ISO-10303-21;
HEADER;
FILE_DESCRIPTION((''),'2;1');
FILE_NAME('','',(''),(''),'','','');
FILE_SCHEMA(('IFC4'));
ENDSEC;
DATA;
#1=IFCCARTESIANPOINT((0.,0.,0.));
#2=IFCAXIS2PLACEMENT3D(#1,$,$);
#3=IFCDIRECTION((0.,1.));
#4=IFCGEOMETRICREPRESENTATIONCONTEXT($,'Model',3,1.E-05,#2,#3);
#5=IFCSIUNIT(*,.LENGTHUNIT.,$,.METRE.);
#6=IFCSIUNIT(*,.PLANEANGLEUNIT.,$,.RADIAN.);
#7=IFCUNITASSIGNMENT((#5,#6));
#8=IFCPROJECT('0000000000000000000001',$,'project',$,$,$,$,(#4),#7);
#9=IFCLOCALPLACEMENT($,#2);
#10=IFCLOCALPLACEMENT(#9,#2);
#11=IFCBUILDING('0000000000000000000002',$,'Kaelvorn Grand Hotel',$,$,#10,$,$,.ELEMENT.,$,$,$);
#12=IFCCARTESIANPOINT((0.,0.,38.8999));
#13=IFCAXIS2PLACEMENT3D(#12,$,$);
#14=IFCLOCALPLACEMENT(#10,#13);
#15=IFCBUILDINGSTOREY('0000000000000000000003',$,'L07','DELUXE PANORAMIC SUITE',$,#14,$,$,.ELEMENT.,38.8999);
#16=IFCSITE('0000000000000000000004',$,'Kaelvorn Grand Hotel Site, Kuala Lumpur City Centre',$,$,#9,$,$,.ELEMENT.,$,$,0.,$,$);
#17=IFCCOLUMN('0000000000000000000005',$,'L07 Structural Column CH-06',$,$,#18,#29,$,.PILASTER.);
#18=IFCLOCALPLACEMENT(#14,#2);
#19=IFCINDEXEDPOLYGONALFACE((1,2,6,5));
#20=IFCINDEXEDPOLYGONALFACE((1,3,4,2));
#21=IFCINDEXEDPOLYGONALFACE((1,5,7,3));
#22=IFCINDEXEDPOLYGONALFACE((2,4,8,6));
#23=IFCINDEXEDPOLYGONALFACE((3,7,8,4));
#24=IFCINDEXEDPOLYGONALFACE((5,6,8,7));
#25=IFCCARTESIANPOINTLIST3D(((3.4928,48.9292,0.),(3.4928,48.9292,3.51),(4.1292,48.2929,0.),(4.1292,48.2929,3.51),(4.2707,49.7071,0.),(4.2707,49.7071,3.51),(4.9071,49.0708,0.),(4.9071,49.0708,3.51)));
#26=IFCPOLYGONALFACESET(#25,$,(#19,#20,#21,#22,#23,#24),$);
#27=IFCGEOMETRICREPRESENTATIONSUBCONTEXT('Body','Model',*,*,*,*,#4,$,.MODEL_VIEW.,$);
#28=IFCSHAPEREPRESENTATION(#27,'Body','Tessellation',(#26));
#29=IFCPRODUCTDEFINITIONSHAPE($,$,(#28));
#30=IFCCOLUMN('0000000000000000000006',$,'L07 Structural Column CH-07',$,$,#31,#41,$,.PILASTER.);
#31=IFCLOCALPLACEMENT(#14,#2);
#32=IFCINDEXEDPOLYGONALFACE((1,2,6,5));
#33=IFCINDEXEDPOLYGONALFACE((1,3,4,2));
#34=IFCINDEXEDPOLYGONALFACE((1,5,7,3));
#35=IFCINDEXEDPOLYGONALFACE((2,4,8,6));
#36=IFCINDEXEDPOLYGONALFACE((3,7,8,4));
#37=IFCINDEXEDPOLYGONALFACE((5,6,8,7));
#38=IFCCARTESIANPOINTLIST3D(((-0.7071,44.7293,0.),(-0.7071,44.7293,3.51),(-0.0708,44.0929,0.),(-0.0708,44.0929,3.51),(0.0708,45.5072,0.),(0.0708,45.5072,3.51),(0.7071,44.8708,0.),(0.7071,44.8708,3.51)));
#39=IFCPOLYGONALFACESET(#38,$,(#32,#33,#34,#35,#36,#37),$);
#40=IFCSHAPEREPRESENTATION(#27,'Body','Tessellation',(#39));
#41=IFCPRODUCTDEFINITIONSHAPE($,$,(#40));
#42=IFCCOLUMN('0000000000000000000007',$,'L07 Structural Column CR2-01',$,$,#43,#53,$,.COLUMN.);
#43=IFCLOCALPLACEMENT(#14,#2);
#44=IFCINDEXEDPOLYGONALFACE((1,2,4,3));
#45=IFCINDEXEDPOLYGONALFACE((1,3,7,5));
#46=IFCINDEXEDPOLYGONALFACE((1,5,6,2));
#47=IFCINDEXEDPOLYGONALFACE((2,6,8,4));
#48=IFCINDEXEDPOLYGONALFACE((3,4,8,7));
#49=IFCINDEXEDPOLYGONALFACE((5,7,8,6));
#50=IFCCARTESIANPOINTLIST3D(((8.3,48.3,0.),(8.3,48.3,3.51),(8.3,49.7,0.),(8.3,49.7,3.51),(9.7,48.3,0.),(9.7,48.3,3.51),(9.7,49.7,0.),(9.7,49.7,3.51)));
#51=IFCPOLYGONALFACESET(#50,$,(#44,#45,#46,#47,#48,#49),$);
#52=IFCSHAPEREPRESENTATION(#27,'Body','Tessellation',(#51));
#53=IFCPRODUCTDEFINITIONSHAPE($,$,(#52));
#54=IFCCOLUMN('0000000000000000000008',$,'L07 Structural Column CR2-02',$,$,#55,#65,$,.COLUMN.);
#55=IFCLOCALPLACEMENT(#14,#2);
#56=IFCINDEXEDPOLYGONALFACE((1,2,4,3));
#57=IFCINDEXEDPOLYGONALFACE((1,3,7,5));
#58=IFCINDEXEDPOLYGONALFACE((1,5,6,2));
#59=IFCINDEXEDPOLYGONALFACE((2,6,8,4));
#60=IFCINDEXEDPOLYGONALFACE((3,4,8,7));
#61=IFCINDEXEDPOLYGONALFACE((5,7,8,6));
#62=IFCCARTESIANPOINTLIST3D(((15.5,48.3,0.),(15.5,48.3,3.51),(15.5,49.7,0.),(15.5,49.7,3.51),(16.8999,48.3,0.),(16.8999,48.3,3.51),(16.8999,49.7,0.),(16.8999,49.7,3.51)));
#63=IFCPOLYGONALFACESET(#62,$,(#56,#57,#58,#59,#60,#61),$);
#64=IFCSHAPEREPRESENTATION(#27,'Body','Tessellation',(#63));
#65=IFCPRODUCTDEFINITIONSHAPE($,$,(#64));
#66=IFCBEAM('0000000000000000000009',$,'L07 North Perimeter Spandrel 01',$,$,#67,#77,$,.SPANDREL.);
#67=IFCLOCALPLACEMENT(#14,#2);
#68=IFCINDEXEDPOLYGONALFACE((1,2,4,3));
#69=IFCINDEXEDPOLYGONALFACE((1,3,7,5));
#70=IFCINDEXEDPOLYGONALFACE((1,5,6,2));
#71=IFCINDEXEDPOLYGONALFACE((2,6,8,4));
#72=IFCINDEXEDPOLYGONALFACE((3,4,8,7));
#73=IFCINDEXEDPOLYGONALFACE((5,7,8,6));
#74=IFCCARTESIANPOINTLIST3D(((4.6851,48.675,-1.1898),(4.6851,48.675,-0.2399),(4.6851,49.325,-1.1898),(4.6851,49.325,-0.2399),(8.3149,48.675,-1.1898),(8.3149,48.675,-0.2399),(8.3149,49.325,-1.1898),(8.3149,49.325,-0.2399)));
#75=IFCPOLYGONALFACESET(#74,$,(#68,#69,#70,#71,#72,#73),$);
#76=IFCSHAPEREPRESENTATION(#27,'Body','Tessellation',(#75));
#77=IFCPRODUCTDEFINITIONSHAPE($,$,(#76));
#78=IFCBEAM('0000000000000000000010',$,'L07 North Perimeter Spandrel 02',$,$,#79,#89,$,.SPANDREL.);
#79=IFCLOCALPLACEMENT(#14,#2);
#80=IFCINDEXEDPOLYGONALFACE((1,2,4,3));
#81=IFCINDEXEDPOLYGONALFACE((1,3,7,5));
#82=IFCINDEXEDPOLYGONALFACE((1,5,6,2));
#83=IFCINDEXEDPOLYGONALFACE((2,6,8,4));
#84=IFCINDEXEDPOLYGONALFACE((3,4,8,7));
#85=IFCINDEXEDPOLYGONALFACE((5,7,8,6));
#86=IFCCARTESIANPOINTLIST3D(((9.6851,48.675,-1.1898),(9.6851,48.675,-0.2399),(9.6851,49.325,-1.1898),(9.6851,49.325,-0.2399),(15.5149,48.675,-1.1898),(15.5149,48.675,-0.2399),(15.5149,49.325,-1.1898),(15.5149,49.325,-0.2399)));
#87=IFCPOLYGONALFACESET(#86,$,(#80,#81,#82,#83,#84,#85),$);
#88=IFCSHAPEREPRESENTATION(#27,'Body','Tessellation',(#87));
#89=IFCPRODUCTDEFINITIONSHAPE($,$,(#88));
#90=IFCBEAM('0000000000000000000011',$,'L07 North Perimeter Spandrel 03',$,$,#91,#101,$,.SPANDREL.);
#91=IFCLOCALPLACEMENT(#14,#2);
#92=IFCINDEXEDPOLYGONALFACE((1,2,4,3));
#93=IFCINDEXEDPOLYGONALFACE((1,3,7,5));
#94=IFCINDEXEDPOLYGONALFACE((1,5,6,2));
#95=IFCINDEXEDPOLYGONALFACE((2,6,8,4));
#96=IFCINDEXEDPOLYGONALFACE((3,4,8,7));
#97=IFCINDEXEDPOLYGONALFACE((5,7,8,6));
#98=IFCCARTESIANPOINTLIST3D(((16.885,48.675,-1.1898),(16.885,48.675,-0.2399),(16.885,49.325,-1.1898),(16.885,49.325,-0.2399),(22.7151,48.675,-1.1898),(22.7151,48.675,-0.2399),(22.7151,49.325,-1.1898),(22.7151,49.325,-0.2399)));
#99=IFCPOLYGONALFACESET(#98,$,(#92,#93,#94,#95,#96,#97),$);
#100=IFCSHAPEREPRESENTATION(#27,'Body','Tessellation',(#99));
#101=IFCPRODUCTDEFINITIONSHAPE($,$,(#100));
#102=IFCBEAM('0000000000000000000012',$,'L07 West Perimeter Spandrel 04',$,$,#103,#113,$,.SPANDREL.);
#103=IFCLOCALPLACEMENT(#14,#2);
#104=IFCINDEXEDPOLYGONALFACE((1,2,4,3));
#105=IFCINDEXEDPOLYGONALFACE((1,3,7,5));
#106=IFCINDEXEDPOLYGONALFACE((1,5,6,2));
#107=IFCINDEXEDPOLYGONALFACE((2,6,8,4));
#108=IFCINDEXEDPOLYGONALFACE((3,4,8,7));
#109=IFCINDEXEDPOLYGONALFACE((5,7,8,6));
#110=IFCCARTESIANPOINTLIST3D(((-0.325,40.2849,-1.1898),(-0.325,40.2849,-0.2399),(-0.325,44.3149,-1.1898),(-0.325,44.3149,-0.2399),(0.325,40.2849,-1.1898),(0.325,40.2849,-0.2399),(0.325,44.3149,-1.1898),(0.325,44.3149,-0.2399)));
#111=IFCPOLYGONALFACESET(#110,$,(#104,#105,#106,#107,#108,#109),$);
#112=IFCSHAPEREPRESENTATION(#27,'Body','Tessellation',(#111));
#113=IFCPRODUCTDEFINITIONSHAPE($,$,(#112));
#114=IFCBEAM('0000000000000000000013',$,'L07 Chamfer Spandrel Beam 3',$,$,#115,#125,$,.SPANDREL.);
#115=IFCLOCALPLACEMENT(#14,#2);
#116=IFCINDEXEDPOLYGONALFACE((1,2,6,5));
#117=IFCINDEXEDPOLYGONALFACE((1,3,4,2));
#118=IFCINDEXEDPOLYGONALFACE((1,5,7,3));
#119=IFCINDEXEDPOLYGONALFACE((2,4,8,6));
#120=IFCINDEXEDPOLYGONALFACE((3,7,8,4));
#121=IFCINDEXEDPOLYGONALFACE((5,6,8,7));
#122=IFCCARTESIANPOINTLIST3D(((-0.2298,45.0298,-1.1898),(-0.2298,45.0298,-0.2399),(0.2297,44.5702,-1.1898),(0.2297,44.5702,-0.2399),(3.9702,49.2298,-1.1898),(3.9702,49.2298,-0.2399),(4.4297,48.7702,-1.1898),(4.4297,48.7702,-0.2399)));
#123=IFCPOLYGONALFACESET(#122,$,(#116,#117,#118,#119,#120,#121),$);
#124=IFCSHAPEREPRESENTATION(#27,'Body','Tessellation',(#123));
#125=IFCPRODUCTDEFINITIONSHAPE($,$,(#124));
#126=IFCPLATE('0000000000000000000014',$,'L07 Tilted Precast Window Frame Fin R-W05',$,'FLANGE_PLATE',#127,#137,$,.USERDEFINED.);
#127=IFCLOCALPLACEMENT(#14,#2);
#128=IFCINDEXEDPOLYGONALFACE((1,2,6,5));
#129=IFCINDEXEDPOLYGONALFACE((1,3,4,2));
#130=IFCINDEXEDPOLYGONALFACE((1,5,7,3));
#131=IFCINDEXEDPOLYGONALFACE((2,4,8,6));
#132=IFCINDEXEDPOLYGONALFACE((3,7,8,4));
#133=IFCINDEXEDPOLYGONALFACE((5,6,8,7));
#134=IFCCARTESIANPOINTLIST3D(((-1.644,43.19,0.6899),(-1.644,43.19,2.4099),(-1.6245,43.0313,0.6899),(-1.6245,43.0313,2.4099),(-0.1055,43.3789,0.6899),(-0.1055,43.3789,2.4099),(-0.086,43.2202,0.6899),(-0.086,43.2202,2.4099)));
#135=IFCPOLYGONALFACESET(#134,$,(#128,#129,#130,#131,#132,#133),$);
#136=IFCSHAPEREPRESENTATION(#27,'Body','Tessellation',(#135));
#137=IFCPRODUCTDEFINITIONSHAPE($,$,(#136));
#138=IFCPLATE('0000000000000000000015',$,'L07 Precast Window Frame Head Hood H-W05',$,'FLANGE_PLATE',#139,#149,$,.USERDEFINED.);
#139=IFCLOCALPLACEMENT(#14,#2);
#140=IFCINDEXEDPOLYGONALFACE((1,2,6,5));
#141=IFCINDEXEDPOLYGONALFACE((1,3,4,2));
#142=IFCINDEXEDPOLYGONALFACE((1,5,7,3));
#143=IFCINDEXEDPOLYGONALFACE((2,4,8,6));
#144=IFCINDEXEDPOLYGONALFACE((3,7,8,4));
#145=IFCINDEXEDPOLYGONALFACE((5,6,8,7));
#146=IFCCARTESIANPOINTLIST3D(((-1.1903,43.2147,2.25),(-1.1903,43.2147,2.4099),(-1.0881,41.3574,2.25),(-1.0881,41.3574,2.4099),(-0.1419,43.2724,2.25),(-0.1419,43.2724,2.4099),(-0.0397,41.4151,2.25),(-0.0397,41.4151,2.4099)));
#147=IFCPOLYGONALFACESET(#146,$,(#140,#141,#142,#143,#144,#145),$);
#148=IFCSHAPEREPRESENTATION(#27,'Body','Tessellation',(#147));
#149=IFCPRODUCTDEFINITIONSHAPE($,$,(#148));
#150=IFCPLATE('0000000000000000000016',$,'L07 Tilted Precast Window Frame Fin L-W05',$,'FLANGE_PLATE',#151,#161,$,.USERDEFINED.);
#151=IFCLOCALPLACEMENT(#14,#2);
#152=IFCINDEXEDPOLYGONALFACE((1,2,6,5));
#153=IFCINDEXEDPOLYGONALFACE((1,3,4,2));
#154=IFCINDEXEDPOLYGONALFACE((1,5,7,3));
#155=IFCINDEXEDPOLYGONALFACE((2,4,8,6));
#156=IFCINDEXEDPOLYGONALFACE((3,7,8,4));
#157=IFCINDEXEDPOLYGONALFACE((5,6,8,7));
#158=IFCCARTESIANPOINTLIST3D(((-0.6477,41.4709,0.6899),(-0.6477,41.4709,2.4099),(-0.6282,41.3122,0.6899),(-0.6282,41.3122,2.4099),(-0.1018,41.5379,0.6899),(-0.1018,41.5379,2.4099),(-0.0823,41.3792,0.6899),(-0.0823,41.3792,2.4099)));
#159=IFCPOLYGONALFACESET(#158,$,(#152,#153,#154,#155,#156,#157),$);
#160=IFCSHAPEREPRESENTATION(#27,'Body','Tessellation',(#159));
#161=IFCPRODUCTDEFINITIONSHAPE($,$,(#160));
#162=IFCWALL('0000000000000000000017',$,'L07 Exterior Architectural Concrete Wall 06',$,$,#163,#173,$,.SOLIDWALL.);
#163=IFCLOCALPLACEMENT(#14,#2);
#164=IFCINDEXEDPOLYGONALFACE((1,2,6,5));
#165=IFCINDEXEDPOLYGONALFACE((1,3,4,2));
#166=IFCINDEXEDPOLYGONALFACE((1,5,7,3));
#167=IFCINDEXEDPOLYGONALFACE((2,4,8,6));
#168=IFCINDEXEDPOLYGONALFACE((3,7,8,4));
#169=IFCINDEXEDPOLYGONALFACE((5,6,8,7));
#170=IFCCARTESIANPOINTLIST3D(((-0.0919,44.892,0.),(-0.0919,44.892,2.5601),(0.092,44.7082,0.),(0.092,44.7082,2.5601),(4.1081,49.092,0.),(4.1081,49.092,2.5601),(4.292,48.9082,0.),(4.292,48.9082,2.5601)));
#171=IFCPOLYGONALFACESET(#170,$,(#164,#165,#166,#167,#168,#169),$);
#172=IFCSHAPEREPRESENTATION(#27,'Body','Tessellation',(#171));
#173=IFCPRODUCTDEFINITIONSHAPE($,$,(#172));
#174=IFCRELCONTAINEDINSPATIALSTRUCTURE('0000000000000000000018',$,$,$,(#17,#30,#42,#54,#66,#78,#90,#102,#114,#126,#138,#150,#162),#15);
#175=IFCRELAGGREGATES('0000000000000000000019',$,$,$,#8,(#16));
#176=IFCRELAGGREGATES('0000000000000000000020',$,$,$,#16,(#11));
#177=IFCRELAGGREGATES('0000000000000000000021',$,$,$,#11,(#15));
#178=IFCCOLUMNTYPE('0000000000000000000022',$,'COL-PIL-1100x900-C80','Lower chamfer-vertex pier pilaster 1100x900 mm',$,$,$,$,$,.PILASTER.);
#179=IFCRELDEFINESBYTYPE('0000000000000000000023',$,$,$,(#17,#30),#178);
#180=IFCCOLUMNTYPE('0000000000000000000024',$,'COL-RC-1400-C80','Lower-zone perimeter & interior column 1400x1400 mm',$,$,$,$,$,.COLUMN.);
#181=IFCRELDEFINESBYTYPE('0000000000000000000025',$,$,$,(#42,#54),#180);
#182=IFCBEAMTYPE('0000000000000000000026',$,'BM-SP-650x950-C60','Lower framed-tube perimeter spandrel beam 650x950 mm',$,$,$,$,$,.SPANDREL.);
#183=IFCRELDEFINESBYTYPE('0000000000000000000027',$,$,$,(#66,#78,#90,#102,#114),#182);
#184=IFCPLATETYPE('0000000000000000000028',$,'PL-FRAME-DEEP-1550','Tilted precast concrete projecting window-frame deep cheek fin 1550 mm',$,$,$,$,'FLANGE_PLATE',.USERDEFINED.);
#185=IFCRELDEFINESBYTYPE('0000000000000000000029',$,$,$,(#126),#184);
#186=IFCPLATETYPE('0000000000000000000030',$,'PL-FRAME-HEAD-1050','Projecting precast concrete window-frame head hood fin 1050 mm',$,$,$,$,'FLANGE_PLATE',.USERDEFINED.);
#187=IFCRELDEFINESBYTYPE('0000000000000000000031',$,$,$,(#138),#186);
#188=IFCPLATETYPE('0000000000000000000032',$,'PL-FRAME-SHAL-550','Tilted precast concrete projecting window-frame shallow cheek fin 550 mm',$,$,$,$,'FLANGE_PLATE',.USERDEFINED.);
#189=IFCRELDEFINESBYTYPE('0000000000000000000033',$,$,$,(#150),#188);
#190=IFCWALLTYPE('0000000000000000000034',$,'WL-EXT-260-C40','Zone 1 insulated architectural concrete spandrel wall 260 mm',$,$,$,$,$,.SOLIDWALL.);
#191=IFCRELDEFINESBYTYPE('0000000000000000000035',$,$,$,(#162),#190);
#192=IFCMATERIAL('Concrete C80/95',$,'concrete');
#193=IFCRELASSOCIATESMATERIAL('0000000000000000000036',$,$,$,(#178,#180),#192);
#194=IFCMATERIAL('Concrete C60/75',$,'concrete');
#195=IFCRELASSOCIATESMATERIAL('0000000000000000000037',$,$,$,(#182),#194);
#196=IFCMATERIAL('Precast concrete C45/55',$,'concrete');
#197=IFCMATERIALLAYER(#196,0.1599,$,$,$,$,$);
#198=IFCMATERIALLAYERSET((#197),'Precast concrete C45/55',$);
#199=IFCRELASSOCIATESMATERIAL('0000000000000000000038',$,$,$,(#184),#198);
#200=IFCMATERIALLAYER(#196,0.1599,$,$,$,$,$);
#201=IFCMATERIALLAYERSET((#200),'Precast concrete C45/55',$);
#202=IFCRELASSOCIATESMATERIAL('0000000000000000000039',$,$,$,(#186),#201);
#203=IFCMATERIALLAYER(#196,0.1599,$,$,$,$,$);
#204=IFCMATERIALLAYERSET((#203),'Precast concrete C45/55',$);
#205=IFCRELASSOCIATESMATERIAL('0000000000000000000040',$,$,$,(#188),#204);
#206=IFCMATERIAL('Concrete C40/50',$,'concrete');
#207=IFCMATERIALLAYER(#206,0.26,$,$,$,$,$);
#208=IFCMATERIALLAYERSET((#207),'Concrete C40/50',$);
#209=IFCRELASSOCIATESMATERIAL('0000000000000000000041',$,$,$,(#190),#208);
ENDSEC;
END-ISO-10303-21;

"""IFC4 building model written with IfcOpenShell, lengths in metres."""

from ifc_helpers import new_model, si_unit, direction, frame, frame_2d, origin, origin_2d, place, context, subcontext, project, spatial, rectangle, extrude, material, layer, layer_set, material_profile, profile_set, type_object, element, save


model = new_model("IFC4")

# Units and contexts
model_context = context("Model", 3, precision=1e-05, world=origin(), true_north=direction((0.0, 1.0)))
body_context = subcontext(model_context, "Body", "Model", "MODEL_VIEW")
ifc_project = project(units=[si_unit("LENGTHUNIT", "METRE"), si_unit("PLANEANGLEUNIT", "RADIAN")], contexts=[model_context])

# Site, building, storey
site_placement = place(None, origin())
site = spatial("IfcSite", under=ifc_project, at=site_placement, Name="Kaelvorn Grand Hotel Site, Kuala Lumpur City Centre", CompositionType="ELEMENT", RefElevation=0.0)
building_placement = place(site_placement, origin())
building = spatial("IfcBuilding", under=site, at=building_placement, Name="Kaelvorn Grand Hotel", CompositionType="ELEMENT")
storey_placement = place(building_placement, frame((0.0, 0.0, 38.8999)))
storey = spatial("IfcBuildingStorey", under=building, at=storey_placement, Name="L07", Description="DELUXE PANORAMIC SUITE", CompositionType="ELEMENT", Elevation=38.8999)

# Columns
ifc_material_1 = material(Name="Concrete C80/95", Category="concrete")
ifc_material_profile_1 = material_profile(ifc_material_1, rectangle(XDim=1.1001, YDim=0.8999, at=origin_2d()), Name="RC PILASTER 1100x900")
ifc_profile_set_1 = profile_set([ifc_material_profile_1], Name="Concrete C80/95")
column_type_1 = type_object("IfcColumnType", Name="COL-PIL-1100x900-C80", Description="Lower chamfer-vertex pier pilaster 1100x900 mm", PredefinedType="PILASTER", material=ifc_profile_set_1)
for number, where, z_axis, x_axis, name in (
    (1, (4.2, 49.0, 0.0), (0.0, 0.0, 1.0), (0.707107, 0.707107, 0.0), "L07 Structural Column CH-06"),
    (2, (0.0, 44.8, 0.0), (0.0, 0.0, 1.0), (0.707107, 0.707107, 0.0), "L07 Structural Column CH-07"),
):
    element("IfcColumn", number, at=place(storey_placement, frame(where, z_axis=z_axis, x_axis=x_axis)), inside=storey, type_object=column_type_1, Name=name, PredefinedType="PILASTER", context=body_context, shape_type="SweptSolid", body=[
        extrude(rectangle(XDim=1.1001, YDim=0.8999, at=origin_2d()), origin(), (0.0, 0.0, 1.0), 3.51),
    ])
ifc_material_profile_2 = material_profile(ifc_material_1, rectangle(XDim=1.3999, YDim=1.3999, at=origin_2d()), Name="RC COL 1400x1400")
ifc_profile_set_2 = profile_set([ifc_material_profile_2], Name="Concrete C80/95")
column_type_2 = type_object("IfcColumnType", Name="COL-RC-1400-C80", Description="Lower-zone perimeter & interior column 1400x1400 mm", PredefinedType="COLUMN", material=ifc_profile_set_2)
for number, where, z_axis, x_axis, name in (
    (3, (9.0, 49.0, 0.0), (0.0, 0.0, 1.0), (1.0, 0.0, 0.0), "L07 Structural Column CR2-01"),
    (4, (16.2, 49.0, 0.0), (0.0, 0.0, 1.0), (1.0, 0.0, 0.0), "L07 Structural Column CR2-02"),
):
    element("IfcColumn", number, at=place(storey_placement, frame(where, z_axis=z_axis, x_axis=x_axis)), inside=storey, type_object=column_type_2, Name=name, PredefinedType="COLUMN", context=body_context, shape_type="SweptSolid", body=[
        extrude(rectangle(XDim=1.3999, YDim=1.3999, at=origin_2d()), origin(), (0.0, 0.0, 1.0), 3.51),
    ])

# Beams
ifc_material_2 = material(Name="Concrete C60/75", Category="concrete")
ifc_material_profile_3 = material_profile(ifc_material_2, rectangle(XDim=0.6499, YDim=0.95, at=origin_2d()), Name="RC SPANDREL 650x950")
ifc_profile_set_3 = profile_set([ifc_material_profile_3], Name="Concrete C60/75")
beam_type = type_object("IfcBeamType", Name="BM-SP-650x950-C60", Description="Lower framed-tube perimeter spandrel beam 650x950 mm", PredefinedType="SPANDREL", material=ifc_profile_set_3)
beam_1_placement = place(storey_placement, frame((4.6851, 49.0, -0.7148), z_axis=(1.0, 0.0, 0.0), x_axis=(0.0, 1.0, 0.0)))
element("IfcBeam", 5, at=beam_1_placement, inside=storey, type_object=beam_type, Name="L07 North Perimeter Spandrel 01", PredefinedType="SPANDREL", context=body_context, shape_type="SweptSolid", body=[
    extrude(rectangle(XDim=0.6499, YDim=0.95, at=origin_2d()), origin(), (0.0, 0.0, 1.0), 3.6299),
])
beam_2_placement = place(storey_placement, frame((9.6851, 49.0, -0.7148), z_axis=(1.0, 0.0, 0.0), x_axis=(0.0, 1.0, 0.0)))
element("IfcBeam", 6, at=beam_2_placement, inside=storey, type_object=beam_type, Name="L07 North Perimeter Spandrel 02", PredefinedType="SPANDREL", context=body_context, shape_type="SweptSolid", body=[
    extrude(rectangle(XDim=0.6499, YDim=0.95, at=origin_2d()), origin(), (0.0, 0.0, 1.0), 5.8298),
])
beam_3_placement = place(storey_placement, frame((16.885, 49.0, -0.7148), z_axis=(1.0, 0.0, 0.0), x_axis=(0.0, 1.0, 0.0)))
element("IfcBeam", 7, at=beam_3_placement, inside=storey, type_object=beam_type, Name="L07 North Perimeter Spandrel 03", PredefinedType="SPANDREL", context=body_context, shape_type="SweptSolid", body=[
    extrude(rectangle(XDim=0.6499, YDim=0.95, at=origin_2d()), origin(), (0.0, 0.0, 1.0), 5.8301),
])
beam_4_placement = place(storey_placement, frame((0.0, 40.2849, -0.7148), z_axis=(0.0, 1.0, 0.0), x_axis=(-1.0, 0.0, 0.0)))
element("IfcBeam", 8, at=beam_4_placement, inside=storey, type_object=beam_type, Name="L07 West Perimeter Spandrel 04", PredefinedType="SPANDREL", context=body_context, shape_type="SweptSolid", body=[
    extrude(rectangle(XDim=0.6499, YDim=0.95, at=origin_2d()), origin(), (0.0, 0.0, 1.0), 4.03),
])
beam_5_placement = place(storey_placement, frame((4.2, 49.0, -0.7148), z_axis=(-0.707107, -0.707107, 0.0), x_axis=(0.707107, -0.707107, 0.0)))
element("IfcBeam", 9, at=beam_5_placement, inside=storey, type_object=beam_type, Name="L07 Chamfer Spandrel Beam 3", PredefinedType="SPANDREL", context=body_context, shape_type="SweptSolid", body=[
    extrude(rectangle(XDim=0.6499, YDim=0.95, at=origin_2d()), origin(), (0.0, 0.0, 1.0), 5.9397),
])

# Plates
ifc_material_3 = material(Name="Precast concrete C45/55", Category="concrete")
ifc_layer_1 = layer(ifc_material_3, 0.1599)
ifc_layer_set_1 = layer_set([ifc_layer_1], Name="Precast concrete C45/55")
plate_type_1 = type_object("IfcPlateType", Name="PL-FRAME-DEEP-1550", Description="Tilted precast concrete projecting window-frame deep cheek fin 1550 mm", ElementType="FLANGE_PLATE", PredefinedType="USERDEFINED", material=ifc_layer_set_1)
plate_1_placement = place(storey_placement, frame((-0.865, 43.2051, 0.6899), z_axis=(0.0, 0.0, 1.0), x_axis=(-0.121869, 0.992546, 0.0)))
element("IfcPlate", 10, at=plate_1_placement, inside=storey, type_object=plate_type_1, Name="L07 Tilted Precast Window Frame Fin R-W05", ObjectType="FLANGE_PLATE", PredefinedType="USERDEFINED", context=body_context, shape_type="SweptSolid", body=[
    extrude(rectangle(XDim=0.1599, YDim=1.55, at=origin_2d()), origin(), (0.0, 0.0, 1.0), 1.72),
])
ifc_layer_2 = layer(ifc_material_3, 0.1599)
ifc_layer_set_2 = layer_set([ifc_layer_2], Name="Precast concrete C45/55")
plate_type_2 = type_object("IfcPlateType", Name="PL-FRAME-HEAD-1050", Description="Projecting precast concrete window-frame head hood fin 1050 mm", ElementType="FLANGE_PLATE", PredefinedType="USERDEFINED", material=ifc_layer_set_2)
plate_2_placement = place(storey_placement, frame((-0.615, 42.3149, 2.25), z_axis=(0.0, 0.0, 1.0), x_axis=(-0.05495, 0.998489, 0.0)))
element("IfcPlate", 11, at=plate_2_placement, inside=storey, type_object=plate_type_2, Name="L07 Precast Window Frame Head Hood H-W05", ObjectType="FLANGE_PLATE", PredefinedType="USERDEFINED", context=body_context, shape_type="SweptSolid", body=[
    extrude(rectangle(XDim=1.8601, YDim=1.05, at=origin_2d()), origin(), (0.0, 0.0, 1.0), 0.1599),
])
ifc_layer_3 = layer(ifc_material_3, 0.1599)
ifc_layer_set_3 = layer_set([ifc_layer_3], Name="Precast concrete C45/55")
plate_type_3 = type_object("IfcPlateType", Name="PL-FRAME-SHAL-550", Description="Tilted precast concrete projecting window-frame shallow cheek fin 550 mm", ElementType="FLANGE_PLATE", PredefinedType="USERDEFINED", material=ifc_layer_set_3)
plate_3_placement = place(storey_placement, frame((-0.365, 41.425, 0.6899), z_axis=(0.0, 0.0, 1.0), x_axis=(-0.121869, 0.992546, 0.0)))
element("IfcPlate", 12, at=plate_3_placement, inside=storey, type_object=plate_type_3, Name="L07 Tilted Precast Window Frame Fin L-W05", ObjectType="FLANGE_PLATE", PredefinedType="USERDEFINED", context=body_context, shape_type="SweptSolid", body=[
    extrude(rectangle(XDim=0.1599, YDim=0.55, at=origin_2d()), origin(), (0.0, 0.0, 1.0), 1.72),
])

# Wall
ifc_material_4 = material(Name="Concrete C40/50", Category="concrete")
ifc_layer_4 = layer(ifc_material_4, 0.26)
ifc_layer_set_4 = layer_set([ifc_layer_4], Name="Concrete C40/50")
wall_type_1 = type_object("IfcWallType", Name="WL-EXT-260-C40", Description="Zone 1 insulated architectural concrete spandrel wall 260 mm", PredefinedType="SOLIDWALL", material=ifc_layer_set_4)
wall_1_placement = place(storey_placement, frame((4.2, 49.0, 0.0), z_axis=(0.0, 0.0, 1.0), x_axis=(-0.707107, -0.707107, 0.0)))
element("IfcWall", 13, at=wall_1_placement, inside=storey, type_object=wall_type_1, Name="L07 Exterior Architectural Concrete Wall 06", PredefinedType="SOLIDWALL", context=body_context, shape_type="SweptSolid", body=[
    extrude(rectangle(XDim=5.9397, YDim=0.26, at=frame_2d((2.9697, 0.0))), origin(), (0.0, 0.0, 1.0), 2.5601),
])

save(model, "model.ifc")
